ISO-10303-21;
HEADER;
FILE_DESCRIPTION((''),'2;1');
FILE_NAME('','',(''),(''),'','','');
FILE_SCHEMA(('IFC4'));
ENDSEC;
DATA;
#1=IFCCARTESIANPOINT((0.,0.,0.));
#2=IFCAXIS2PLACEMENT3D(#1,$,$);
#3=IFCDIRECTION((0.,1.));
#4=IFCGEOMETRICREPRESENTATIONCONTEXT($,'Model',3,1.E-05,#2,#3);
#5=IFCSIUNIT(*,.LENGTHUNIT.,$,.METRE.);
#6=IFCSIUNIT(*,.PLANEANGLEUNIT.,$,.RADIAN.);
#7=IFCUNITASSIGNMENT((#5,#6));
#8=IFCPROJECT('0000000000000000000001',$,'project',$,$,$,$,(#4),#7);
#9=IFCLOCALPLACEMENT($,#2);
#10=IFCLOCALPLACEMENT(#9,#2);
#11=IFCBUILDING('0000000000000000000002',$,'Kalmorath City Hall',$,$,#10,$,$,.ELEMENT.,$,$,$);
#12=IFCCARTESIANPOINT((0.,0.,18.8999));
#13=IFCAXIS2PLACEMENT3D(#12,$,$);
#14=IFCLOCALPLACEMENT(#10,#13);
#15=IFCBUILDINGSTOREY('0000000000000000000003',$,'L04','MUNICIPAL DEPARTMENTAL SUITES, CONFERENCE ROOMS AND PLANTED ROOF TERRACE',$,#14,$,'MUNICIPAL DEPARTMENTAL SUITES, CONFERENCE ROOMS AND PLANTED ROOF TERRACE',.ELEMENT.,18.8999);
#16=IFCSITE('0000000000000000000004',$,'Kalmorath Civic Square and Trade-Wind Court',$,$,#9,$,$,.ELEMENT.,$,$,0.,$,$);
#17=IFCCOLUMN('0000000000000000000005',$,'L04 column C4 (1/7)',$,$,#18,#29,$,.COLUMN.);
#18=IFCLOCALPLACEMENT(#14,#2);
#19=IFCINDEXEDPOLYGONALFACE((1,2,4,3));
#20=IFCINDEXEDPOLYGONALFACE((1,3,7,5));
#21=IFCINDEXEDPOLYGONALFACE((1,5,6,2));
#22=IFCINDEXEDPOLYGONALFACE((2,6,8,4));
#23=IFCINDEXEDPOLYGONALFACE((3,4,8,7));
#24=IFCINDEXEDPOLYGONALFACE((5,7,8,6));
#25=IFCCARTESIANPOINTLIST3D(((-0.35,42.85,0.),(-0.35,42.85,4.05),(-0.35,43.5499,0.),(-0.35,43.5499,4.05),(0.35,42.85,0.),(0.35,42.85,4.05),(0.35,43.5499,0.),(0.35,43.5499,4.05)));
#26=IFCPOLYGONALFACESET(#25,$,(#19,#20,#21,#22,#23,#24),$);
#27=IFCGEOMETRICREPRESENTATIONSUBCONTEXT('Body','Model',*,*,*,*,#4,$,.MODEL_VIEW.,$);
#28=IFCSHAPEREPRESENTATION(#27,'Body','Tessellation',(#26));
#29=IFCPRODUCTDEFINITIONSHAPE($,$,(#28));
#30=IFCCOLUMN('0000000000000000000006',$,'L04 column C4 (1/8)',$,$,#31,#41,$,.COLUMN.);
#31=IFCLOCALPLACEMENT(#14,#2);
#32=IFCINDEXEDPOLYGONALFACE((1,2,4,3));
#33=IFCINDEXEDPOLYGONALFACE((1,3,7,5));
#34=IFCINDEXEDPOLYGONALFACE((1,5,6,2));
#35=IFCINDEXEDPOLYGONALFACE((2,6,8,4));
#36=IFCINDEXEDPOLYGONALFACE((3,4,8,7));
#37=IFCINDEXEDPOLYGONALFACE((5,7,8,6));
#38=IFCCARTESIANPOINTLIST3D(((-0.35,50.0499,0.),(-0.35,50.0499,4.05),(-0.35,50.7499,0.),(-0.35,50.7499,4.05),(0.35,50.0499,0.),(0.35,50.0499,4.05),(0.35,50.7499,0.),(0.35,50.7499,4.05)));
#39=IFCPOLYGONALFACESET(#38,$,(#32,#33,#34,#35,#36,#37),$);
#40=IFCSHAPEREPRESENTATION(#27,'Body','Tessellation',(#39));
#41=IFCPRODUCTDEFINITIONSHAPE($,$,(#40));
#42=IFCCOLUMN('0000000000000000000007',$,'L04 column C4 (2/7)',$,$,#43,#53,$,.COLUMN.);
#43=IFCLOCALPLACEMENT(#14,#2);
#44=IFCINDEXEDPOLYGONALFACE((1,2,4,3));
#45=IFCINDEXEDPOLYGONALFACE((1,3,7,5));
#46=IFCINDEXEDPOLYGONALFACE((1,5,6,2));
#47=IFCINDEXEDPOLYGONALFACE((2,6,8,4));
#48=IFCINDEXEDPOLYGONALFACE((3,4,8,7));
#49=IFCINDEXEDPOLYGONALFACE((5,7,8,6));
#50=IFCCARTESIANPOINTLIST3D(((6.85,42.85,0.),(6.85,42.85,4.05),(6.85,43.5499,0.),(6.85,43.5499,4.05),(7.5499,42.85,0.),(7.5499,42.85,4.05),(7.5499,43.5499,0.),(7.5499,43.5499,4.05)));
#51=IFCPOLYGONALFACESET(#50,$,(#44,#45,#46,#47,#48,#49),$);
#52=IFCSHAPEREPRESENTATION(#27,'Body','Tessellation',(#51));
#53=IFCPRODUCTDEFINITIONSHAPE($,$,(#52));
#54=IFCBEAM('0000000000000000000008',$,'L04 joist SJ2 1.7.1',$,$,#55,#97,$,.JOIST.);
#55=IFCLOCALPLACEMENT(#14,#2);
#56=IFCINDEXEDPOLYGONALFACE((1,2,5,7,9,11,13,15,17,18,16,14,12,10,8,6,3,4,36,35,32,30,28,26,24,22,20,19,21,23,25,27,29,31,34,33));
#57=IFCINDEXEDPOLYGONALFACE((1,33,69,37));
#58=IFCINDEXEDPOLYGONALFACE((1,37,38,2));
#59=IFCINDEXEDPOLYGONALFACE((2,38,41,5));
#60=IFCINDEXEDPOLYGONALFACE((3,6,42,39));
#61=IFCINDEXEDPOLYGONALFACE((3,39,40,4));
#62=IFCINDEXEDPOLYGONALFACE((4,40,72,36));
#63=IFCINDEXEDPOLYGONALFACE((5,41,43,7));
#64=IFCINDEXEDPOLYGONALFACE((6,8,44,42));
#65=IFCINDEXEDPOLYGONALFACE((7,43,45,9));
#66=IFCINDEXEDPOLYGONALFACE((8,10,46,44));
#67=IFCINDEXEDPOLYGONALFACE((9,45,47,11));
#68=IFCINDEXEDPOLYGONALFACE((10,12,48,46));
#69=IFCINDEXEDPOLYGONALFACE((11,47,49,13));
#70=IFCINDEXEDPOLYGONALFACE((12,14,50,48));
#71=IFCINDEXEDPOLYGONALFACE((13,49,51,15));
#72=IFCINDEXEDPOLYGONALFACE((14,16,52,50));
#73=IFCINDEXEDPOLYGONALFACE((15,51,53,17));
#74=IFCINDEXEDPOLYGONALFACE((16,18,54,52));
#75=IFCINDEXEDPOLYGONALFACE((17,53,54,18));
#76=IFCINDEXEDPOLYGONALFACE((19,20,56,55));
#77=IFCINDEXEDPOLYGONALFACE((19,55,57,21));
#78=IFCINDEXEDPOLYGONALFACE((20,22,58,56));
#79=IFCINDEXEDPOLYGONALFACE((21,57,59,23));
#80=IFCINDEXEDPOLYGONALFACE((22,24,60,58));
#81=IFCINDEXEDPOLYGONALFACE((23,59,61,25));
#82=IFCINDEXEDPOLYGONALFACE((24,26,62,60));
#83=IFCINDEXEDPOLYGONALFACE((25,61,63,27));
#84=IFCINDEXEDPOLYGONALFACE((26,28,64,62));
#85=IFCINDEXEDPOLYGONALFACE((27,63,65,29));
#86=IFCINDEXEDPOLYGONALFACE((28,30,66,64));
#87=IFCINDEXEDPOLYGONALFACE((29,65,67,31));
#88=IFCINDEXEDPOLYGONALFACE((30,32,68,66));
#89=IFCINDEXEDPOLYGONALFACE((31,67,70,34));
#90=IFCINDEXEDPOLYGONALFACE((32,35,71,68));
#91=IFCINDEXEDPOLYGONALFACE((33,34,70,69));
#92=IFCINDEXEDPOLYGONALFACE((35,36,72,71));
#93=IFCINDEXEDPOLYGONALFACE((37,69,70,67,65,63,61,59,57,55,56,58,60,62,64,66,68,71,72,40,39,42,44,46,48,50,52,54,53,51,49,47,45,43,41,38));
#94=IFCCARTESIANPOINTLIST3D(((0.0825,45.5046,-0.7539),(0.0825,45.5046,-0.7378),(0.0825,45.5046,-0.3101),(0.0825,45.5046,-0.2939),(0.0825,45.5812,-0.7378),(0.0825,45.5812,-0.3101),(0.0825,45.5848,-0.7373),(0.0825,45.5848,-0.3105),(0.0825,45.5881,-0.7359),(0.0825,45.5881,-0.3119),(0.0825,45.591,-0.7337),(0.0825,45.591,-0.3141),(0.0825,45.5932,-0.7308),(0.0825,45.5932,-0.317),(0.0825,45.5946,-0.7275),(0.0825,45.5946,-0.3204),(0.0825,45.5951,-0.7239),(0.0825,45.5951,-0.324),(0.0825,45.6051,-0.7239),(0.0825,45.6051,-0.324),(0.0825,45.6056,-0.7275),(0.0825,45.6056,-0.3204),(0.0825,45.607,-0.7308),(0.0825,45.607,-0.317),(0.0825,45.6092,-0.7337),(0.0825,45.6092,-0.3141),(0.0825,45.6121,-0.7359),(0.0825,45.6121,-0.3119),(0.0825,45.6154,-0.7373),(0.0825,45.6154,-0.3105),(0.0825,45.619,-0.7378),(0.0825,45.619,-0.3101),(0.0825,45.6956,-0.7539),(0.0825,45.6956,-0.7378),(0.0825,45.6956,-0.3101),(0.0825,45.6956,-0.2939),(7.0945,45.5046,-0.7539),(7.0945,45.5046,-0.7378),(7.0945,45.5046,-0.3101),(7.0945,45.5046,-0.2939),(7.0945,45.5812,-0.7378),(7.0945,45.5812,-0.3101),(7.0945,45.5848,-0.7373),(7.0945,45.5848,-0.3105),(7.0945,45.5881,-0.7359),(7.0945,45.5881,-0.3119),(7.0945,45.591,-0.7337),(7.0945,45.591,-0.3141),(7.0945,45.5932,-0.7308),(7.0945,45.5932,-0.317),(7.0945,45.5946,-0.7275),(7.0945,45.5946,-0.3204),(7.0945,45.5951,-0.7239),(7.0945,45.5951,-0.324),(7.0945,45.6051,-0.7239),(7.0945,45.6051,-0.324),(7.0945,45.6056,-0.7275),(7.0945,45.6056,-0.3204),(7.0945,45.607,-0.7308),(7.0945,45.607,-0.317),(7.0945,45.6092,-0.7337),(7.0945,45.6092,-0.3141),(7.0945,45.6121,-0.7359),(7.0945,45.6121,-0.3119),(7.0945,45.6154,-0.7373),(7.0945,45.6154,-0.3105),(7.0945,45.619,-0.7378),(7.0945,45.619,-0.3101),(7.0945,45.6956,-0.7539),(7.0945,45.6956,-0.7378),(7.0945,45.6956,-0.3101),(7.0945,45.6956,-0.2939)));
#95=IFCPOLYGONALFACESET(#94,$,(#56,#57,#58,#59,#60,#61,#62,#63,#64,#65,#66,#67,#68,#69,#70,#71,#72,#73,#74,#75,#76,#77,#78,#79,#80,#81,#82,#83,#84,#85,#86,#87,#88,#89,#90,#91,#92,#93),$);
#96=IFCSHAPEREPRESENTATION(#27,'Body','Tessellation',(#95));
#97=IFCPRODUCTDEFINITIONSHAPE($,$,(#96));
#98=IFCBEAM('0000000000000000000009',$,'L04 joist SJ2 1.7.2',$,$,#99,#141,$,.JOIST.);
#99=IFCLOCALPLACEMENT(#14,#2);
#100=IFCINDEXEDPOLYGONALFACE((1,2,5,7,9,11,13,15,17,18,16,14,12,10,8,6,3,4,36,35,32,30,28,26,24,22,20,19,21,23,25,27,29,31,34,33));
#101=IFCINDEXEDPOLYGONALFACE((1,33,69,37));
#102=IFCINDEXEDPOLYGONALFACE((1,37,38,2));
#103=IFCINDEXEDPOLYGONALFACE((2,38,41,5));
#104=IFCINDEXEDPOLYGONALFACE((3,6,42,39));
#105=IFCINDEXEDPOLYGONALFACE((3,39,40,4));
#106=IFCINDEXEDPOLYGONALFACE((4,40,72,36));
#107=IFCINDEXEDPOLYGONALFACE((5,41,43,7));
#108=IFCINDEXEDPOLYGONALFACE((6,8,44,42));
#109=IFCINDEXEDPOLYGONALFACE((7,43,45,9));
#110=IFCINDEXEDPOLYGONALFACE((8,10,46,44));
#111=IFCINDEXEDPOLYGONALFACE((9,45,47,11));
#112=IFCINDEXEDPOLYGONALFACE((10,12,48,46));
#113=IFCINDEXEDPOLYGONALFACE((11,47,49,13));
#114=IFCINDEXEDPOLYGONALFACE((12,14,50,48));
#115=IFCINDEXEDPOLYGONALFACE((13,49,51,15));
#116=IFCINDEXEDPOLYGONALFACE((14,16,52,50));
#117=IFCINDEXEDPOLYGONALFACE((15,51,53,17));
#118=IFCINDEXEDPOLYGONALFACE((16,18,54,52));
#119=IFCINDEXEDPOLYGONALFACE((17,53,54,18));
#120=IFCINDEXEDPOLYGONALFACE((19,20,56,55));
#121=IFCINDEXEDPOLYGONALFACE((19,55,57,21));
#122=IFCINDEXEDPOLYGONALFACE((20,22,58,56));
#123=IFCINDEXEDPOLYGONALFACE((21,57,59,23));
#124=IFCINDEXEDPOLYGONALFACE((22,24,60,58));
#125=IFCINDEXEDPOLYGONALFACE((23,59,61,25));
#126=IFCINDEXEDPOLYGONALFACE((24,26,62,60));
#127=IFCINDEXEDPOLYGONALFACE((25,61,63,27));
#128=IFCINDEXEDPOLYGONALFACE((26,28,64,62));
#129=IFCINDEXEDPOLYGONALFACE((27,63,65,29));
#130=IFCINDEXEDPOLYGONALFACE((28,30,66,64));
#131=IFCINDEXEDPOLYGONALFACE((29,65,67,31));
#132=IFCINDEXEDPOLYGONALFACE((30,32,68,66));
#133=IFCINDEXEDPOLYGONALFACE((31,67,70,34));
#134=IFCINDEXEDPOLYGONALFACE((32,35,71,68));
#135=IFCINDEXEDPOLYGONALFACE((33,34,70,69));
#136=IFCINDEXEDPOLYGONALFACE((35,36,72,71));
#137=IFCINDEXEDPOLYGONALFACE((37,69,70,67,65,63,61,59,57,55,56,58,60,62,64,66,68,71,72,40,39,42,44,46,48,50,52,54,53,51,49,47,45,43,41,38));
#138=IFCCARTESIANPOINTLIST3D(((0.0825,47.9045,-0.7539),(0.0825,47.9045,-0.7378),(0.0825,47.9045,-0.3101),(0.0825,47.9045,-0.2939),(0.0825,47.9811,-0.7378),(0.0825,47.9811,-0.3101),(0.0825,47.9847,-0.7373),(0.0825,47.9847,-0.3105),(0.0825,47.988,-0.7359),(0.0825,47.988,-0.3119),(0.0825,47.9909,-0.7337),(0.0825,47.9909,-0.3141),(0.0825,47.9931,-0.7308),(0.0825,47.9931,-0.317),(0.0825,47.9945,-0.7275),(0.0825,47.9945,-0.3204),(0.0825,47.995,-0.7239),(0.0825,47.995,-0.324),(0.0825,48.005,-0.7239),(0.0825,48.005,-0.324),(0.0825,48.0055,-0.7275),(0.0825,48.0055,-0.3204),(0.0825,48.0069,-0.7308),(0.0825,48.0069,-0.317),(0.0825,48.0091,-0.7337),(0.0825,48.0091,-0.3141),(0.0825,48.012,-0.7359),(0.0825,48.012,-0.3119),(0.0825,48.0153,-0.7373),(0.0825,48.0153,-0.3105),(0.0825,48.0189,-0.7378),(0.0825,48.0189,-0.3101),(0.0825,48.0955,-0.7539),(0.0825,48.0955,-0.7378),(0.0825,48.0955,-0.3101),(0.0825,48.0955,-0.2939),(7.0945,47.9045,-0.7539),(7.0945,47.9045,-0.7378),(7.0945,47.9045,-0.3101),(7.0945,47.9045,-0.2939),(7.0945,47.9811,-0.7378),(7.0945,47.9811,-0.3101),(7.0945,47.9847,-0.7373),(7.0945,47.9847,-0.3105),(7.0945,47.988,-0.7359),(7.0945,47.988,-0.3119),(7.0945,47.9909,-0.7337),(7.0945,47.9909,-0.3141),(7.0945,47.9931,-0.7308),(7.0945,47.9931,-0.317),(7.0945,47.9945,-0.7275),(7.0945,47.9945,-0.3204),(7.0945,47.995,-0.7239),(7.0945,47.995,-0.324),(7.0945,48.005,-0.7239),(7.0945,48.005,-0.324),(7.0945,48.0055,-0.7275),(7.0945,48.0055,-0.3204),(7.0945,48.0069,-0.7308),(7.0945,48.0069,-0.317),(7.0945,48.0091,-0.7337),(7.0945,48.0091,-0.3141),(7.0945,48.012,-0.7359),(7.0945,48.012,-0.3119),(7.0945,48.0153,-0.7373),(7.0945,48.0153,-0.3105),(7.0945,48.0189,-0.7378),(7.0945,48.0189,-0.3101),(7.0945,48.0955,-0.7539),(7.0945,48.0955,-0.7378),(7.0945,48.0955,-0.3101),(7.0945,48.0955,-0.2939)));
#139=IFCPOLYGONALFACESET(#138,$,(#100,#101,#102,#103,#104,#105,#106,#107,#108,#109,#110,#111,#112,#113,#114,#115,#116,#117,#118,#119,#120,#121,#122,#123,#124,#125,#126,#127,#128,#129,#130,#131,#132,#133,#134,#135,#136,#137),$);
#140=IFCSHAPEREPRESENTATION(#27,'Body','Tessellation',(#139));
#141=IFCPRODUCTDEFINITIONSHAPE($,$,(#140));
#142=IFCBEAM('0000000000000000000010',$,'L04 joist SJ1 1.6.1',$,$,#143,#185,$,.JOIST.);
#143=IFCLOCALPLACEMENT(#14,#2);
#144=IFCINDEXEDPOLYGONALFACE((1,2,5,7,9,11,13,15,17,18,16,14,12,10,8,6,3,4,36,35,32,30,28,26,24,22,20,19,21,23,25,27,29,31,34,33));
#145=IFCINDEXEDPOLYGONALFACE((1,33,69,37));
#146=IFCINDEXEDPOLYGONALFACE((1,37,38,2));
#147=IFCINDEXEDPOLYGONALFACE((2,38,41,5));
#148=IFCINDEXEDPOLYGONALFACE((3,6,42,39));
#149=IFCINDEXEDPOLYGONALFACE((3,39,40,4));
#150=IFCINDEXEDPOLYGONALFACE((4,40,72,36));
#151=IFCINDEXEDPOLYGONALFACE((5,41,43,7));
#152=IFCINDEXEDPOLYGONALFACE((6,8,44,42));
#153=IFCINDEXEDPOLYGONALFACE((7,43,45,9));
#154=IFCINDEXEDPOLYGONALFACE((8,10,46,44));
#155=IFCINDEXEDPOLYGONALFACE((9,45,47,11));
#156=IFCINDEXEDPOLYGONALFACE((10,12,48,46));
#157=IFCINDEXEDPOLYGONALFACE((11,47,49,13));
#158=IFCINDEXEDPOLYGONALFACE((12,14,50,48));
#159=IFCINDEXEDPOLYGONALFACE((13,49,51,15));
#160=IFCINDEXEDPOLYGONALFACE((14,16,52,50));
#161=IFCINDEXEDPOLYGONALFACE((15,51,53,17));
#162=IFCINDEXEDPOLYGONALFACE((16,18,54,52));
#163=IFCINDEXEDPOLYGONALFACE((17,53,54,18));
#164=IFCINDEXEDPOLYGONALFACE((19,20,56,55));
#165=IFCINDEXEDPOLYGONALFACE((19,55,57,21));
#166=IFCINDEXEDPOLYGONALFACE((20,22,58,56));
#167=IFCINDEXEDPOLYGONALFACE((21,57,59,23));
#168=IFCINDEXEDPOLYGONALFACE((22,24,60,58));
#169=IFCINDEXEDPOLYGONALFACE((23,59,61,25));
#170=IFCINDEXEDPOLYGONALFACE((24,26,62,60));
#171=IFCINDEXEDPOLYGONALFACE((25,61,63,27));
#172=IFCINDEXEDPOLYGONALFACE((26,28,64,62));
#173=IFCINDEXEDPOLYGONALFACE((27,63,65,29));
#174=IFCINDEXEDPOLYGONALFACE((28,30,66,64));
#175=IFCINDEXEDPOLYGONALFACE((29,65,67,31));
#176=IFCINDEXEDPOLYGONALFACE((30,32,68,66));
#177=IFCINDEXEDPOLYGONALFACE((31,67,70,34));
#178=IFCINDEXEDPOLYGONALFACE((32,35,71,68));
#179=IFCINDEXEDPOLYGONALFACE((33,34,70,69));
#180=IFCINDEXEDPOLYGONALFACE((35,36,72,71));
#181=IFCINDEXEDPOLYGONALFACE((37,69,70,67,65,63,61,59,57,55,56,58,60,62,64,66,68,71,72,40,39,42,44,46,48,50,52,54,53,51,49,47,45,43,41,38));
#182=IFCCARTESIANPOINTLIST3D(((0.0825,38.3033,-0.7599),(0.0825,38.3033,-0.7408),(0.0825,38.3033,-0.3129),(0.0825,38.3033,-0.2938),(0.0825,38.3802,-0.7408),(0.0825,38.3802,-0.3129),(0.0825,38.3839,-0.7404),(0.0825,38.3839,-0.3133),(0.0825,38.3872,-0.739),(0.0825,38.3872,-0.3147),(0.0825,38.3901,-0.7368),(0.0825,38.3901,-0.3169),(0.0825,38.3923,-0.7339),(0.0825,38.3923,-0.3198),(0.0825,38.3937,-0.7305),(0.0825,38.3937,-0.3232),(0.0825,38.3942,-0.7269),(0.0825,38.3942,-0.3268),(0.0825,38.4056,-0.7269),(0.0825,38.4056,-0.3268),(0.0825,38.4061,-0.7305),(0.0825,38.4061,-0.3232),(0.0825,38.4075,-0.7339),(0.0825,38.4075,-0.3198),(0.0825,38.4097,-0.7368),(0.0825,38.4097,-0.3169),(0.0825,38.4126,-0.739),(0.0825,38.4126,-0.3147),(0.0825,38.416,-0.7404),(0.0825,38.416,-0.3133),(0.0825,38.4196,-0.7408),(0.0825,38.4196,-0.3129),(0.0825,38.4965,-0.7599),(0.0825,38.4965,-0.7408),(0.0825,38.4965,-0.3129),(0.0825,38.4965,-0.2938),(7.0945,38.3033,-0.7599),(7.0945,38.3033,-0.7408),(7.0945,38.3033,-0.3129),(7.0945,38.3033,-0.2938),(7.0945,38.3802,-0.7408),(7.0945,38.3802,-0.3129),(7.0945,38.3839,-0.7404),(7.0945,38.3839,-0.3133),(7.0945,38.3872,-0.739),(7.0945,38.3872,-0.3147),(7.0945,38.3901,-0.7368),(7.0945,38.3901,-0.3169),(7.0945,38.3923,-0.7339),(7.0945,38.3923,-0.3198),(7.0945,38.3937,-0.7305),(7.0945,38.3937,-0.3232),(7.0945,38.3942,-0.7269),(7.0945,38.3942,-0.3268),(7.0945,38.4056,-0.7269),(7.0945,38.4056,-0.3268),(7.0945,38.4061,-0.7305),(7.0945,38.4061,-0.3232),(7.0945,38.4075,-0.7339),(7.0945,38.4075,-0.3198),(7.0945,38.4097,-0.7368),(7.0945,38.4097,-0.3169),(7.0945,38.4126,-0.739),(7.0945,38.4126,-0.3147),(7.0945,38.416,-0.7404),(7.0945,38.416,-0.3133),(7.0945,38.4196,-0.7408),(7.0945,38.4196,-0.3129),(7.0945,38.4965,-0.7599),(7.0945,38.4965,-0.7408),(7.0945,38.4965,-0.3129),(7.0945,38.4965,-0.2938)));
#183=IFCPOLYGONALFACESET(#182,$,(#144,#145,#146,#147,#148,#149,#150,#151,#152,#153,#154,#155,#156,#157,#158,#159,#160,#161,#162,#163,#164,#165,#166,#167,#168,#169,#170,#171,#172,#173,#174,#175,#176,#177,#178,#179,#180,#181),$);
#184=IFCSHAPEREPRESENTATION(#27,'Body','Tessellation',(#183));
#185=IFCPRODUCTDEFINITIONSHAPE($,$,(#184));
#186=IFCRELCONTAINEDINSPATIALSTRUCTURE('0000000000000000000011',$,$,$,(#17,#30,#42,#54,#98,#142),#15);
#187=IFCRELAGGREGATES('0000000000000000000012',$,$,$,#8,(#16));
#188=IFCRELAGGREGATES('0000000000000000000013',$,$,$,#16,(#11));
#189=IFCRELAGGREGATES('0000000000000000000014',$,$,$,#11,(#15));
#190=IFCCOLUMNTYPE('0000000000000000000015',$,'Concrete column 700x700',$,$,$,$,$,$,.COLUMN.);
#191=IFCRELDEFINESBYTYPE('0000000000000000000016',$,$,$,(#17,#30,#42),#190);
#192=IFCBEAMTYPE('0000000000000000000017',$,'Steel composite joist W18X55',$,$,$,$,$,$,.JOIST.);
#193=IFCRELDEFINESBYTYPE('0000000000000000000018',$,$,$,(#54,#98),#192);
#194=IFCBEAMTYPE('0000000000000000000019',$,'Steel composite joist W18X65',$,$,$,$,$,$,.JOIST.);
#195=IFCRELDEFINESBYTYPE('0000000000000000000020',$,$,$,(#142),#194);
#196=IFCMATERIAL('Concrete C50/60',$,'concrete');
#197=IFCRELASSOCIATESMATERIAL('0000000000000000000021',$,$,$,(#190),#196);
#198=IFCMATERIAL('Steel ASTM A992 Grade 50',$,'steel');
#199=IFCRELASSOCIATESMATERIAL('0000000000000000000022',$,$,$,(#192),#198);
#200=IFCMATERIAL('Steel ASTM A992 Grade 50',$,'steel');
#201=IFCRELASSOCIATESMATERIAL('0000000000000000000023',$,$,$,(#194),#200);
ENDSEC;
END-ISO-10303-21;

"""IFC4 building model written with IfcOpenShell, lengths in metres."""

from ifc_helpers import new_model, si_unit, direction, frame, origin, origin_2d, place, context, subcontext, project, spatial, rectangle, i_section, extrude, material, material_profile, profile_set, type_object, element, save


model = new_model("IFC4")

# Units and contexts
model_context = context("Model", 3, precision=1e-05, world=origin(), true_north=direction((0.0, 1.0)))
body_context = subcontext(model_context, "Body", "Model", "MODEL_VIEW")
ifc_project = project(units=[si_unit("LENGTHUNIT", "METRE"), si_unit("PLANEANGLEUNIT", "RADIAN")], contexts=[model_context])

# Site, building, storey
site_placement = place(None, origin())
site = spatial("IfcSite", under=ifc_project, at=site_placement, Name="Kalmorath Civic Square and Trade-Wind Court", CompositionType="ELEMENT", RefElevation=0.0)
building_placement = place(site_placement, origin())
building = spatial("IfcBuilding", under=site, at=building_placement, Name="Kalmorath City Hall", CompositionType="ELEMENT")
storey_placement = place(building_placement, frame((0.0, 0.0, 18.8999)))
storey = spatial("IfcBuildingStorey", under=building, at=storey_placement, Name="L04", Description="MUNICIPAL DEPARTMENTAL SUITES, CONFERENCE ROOMS AND PLANTED ROOF TERRACE", LongName="MUNICIPAL DEPARTMENTAL SUITES, CONFERENCE ROOMS AND PLANTED ROOF TERRACE", CompositionType="ELEMENT", Elevation=18.8999)

# Columns
ifc_material_1 = material(Name="Concrete C50/60", Category="concrete")
ifc_material_profile_1 = material_profile(ifc_material_1, rectangle(XDim=0.7, YDim=0.7, at=origin_2d()), Name="RC-COL-700X700")
ifc_profile_set_1 = profile_set([ifc_material_profile_1], Name="Concrete C50/60")
column_type = type_object("IfcColumnType", Name="Concrete column 700x700", PredefinedType="COLUMN", material=ifc_profile_set_1)
for number, where, z_axis, x_axis, name in (
    (1, (0.0, 43.2, 0.0), (0.0, 0.0, 1.0), (1.0, 0.0, 0.0), "L04 column C4 (1/7)"),
    (2, (0.0, 50.3999, 0.0), (0.0, 0.0, 1.0), (1.0, 0.0, 0.0), "L04 column C4 (1/8)"),
    (3, (7.2, 43.2, 0.0), (0.0, 0.0, 1.0), (1.0, 0.0, 0.0), "L04 column C4 (2/7)"),
):
    element("IfcColumn", number, at=place(storey_placement, frame(where, z_axis=z_axis, x_axis=x_axis)), inside=storey, type_object=column_type, Name=name, PredefinedType="COLUMN", context=body_context, shape_type="SweptSolid", body=[
        extrude(rectangle(XDim=0.7, YDim=0.7, at=origin_2d()), origin(), (0.0, 0.0, 1.0), 4.05),
    ])

# Beams
ifc_material_2 = material(Name="Steel ASTM A992 Grade 50", Category="steel")
ifc_material_profile_2 = material_profile(ifc_material_2, i_section(OverallWidth=0.1909, OverallDepth=0.46, WebThickness=0.01, FlangeThickness=0.0161, FilletRadius=0.0139, at=origin_2d()), Name="W18X55")
ifc_profile_set_2 = profile_set([ifc_material_profile_2], Name="Steel ASTM A992 Grade 50")
beam_type_1 = type_object("IfcBeamType", Name="Steel composite joist W18X55", PredefinedType="JOIST", material=ifc_profile_set_2)
for number, where, z_axis, x_axis, name in (
    (4, (0.0825, 45.6001, -0.5239), (1.0, 0.0, 0.0), (0.0, 1.0, 0.0), "L04 joist SJ2 1.7.1"),
    (5, (0.0825, 48.0, -0.5239), (1.0, 0.0, 0.0), (0.0, 1.0, 0.0), "L04 joist SJ2 1.7.2"),
):
    element("IfcBeam", number, at=place(storey_placement, frame(where, z_axis=z_axis, x_axis=x_axis)), inside=storey, type_object=beam_type_1, Name=name, PredefinedType="JOIST", context=body_context, shape_type="SweptSolid", body=[
        extrude(i_section(OverallWidth=0.1909, OverallDepth=0.46, WebThickness=0.01, FlangeThickness=0.0161, FilletRadius=0.0139, at=origin_2d()), origin(), (0.0, 0.0, 1.0), 7.012),
    ])
ifc_material_3 = material(Name="Steel ASTM A992 Grade 50", Category="steel")
ifc_material_profile_3 = material_profile(ifc_material_3, i_section(OverallWidth=0.1931, OverallDepth=0.4661, WebThickness=0.0115, FlangeThickness=0.019, FilletRadius=0.0139, at=origin_2d()), Name="W18X65")
ifc_profile_set_3 = profile_set([ifc_material_profile_3], Name="Steel ASTM A992 Grade 50")
beam_type_2 = type_object("IfcBeamType", Name="Steel composite joist W18X65", PredefinedType="JOIST", material=ifc_profile_set_3)
for number, where, z_axis, x_axis, name in (
    (6, (0.0825, 38.3999, -0.5269), (1.0, 0.0, 0.0), (0.0, 1.0, 0.0), "L04 joist SJ1 1.6.1"),
):
    element("IfcBeam", number, at=place(storey_placement, frame(where, z_axis=z_axis, x_axis=x_axis)), inside=storey, type_object=beam_type_2, Name=name, PredefinedType="JOIST", context=body_context, shape_type="SweptSolid", body=[
        extrude(i_section(OverallWidth=0.1931, OverallDepth=0.4661, WebThickness=0.0115, FlangeThickness=0.019, FilletRadius=0.0139, at=origin_2d()), origin(), (0.0, 0.0, 1.0), 7.012),
    ])

save(model, "model.ifc")
